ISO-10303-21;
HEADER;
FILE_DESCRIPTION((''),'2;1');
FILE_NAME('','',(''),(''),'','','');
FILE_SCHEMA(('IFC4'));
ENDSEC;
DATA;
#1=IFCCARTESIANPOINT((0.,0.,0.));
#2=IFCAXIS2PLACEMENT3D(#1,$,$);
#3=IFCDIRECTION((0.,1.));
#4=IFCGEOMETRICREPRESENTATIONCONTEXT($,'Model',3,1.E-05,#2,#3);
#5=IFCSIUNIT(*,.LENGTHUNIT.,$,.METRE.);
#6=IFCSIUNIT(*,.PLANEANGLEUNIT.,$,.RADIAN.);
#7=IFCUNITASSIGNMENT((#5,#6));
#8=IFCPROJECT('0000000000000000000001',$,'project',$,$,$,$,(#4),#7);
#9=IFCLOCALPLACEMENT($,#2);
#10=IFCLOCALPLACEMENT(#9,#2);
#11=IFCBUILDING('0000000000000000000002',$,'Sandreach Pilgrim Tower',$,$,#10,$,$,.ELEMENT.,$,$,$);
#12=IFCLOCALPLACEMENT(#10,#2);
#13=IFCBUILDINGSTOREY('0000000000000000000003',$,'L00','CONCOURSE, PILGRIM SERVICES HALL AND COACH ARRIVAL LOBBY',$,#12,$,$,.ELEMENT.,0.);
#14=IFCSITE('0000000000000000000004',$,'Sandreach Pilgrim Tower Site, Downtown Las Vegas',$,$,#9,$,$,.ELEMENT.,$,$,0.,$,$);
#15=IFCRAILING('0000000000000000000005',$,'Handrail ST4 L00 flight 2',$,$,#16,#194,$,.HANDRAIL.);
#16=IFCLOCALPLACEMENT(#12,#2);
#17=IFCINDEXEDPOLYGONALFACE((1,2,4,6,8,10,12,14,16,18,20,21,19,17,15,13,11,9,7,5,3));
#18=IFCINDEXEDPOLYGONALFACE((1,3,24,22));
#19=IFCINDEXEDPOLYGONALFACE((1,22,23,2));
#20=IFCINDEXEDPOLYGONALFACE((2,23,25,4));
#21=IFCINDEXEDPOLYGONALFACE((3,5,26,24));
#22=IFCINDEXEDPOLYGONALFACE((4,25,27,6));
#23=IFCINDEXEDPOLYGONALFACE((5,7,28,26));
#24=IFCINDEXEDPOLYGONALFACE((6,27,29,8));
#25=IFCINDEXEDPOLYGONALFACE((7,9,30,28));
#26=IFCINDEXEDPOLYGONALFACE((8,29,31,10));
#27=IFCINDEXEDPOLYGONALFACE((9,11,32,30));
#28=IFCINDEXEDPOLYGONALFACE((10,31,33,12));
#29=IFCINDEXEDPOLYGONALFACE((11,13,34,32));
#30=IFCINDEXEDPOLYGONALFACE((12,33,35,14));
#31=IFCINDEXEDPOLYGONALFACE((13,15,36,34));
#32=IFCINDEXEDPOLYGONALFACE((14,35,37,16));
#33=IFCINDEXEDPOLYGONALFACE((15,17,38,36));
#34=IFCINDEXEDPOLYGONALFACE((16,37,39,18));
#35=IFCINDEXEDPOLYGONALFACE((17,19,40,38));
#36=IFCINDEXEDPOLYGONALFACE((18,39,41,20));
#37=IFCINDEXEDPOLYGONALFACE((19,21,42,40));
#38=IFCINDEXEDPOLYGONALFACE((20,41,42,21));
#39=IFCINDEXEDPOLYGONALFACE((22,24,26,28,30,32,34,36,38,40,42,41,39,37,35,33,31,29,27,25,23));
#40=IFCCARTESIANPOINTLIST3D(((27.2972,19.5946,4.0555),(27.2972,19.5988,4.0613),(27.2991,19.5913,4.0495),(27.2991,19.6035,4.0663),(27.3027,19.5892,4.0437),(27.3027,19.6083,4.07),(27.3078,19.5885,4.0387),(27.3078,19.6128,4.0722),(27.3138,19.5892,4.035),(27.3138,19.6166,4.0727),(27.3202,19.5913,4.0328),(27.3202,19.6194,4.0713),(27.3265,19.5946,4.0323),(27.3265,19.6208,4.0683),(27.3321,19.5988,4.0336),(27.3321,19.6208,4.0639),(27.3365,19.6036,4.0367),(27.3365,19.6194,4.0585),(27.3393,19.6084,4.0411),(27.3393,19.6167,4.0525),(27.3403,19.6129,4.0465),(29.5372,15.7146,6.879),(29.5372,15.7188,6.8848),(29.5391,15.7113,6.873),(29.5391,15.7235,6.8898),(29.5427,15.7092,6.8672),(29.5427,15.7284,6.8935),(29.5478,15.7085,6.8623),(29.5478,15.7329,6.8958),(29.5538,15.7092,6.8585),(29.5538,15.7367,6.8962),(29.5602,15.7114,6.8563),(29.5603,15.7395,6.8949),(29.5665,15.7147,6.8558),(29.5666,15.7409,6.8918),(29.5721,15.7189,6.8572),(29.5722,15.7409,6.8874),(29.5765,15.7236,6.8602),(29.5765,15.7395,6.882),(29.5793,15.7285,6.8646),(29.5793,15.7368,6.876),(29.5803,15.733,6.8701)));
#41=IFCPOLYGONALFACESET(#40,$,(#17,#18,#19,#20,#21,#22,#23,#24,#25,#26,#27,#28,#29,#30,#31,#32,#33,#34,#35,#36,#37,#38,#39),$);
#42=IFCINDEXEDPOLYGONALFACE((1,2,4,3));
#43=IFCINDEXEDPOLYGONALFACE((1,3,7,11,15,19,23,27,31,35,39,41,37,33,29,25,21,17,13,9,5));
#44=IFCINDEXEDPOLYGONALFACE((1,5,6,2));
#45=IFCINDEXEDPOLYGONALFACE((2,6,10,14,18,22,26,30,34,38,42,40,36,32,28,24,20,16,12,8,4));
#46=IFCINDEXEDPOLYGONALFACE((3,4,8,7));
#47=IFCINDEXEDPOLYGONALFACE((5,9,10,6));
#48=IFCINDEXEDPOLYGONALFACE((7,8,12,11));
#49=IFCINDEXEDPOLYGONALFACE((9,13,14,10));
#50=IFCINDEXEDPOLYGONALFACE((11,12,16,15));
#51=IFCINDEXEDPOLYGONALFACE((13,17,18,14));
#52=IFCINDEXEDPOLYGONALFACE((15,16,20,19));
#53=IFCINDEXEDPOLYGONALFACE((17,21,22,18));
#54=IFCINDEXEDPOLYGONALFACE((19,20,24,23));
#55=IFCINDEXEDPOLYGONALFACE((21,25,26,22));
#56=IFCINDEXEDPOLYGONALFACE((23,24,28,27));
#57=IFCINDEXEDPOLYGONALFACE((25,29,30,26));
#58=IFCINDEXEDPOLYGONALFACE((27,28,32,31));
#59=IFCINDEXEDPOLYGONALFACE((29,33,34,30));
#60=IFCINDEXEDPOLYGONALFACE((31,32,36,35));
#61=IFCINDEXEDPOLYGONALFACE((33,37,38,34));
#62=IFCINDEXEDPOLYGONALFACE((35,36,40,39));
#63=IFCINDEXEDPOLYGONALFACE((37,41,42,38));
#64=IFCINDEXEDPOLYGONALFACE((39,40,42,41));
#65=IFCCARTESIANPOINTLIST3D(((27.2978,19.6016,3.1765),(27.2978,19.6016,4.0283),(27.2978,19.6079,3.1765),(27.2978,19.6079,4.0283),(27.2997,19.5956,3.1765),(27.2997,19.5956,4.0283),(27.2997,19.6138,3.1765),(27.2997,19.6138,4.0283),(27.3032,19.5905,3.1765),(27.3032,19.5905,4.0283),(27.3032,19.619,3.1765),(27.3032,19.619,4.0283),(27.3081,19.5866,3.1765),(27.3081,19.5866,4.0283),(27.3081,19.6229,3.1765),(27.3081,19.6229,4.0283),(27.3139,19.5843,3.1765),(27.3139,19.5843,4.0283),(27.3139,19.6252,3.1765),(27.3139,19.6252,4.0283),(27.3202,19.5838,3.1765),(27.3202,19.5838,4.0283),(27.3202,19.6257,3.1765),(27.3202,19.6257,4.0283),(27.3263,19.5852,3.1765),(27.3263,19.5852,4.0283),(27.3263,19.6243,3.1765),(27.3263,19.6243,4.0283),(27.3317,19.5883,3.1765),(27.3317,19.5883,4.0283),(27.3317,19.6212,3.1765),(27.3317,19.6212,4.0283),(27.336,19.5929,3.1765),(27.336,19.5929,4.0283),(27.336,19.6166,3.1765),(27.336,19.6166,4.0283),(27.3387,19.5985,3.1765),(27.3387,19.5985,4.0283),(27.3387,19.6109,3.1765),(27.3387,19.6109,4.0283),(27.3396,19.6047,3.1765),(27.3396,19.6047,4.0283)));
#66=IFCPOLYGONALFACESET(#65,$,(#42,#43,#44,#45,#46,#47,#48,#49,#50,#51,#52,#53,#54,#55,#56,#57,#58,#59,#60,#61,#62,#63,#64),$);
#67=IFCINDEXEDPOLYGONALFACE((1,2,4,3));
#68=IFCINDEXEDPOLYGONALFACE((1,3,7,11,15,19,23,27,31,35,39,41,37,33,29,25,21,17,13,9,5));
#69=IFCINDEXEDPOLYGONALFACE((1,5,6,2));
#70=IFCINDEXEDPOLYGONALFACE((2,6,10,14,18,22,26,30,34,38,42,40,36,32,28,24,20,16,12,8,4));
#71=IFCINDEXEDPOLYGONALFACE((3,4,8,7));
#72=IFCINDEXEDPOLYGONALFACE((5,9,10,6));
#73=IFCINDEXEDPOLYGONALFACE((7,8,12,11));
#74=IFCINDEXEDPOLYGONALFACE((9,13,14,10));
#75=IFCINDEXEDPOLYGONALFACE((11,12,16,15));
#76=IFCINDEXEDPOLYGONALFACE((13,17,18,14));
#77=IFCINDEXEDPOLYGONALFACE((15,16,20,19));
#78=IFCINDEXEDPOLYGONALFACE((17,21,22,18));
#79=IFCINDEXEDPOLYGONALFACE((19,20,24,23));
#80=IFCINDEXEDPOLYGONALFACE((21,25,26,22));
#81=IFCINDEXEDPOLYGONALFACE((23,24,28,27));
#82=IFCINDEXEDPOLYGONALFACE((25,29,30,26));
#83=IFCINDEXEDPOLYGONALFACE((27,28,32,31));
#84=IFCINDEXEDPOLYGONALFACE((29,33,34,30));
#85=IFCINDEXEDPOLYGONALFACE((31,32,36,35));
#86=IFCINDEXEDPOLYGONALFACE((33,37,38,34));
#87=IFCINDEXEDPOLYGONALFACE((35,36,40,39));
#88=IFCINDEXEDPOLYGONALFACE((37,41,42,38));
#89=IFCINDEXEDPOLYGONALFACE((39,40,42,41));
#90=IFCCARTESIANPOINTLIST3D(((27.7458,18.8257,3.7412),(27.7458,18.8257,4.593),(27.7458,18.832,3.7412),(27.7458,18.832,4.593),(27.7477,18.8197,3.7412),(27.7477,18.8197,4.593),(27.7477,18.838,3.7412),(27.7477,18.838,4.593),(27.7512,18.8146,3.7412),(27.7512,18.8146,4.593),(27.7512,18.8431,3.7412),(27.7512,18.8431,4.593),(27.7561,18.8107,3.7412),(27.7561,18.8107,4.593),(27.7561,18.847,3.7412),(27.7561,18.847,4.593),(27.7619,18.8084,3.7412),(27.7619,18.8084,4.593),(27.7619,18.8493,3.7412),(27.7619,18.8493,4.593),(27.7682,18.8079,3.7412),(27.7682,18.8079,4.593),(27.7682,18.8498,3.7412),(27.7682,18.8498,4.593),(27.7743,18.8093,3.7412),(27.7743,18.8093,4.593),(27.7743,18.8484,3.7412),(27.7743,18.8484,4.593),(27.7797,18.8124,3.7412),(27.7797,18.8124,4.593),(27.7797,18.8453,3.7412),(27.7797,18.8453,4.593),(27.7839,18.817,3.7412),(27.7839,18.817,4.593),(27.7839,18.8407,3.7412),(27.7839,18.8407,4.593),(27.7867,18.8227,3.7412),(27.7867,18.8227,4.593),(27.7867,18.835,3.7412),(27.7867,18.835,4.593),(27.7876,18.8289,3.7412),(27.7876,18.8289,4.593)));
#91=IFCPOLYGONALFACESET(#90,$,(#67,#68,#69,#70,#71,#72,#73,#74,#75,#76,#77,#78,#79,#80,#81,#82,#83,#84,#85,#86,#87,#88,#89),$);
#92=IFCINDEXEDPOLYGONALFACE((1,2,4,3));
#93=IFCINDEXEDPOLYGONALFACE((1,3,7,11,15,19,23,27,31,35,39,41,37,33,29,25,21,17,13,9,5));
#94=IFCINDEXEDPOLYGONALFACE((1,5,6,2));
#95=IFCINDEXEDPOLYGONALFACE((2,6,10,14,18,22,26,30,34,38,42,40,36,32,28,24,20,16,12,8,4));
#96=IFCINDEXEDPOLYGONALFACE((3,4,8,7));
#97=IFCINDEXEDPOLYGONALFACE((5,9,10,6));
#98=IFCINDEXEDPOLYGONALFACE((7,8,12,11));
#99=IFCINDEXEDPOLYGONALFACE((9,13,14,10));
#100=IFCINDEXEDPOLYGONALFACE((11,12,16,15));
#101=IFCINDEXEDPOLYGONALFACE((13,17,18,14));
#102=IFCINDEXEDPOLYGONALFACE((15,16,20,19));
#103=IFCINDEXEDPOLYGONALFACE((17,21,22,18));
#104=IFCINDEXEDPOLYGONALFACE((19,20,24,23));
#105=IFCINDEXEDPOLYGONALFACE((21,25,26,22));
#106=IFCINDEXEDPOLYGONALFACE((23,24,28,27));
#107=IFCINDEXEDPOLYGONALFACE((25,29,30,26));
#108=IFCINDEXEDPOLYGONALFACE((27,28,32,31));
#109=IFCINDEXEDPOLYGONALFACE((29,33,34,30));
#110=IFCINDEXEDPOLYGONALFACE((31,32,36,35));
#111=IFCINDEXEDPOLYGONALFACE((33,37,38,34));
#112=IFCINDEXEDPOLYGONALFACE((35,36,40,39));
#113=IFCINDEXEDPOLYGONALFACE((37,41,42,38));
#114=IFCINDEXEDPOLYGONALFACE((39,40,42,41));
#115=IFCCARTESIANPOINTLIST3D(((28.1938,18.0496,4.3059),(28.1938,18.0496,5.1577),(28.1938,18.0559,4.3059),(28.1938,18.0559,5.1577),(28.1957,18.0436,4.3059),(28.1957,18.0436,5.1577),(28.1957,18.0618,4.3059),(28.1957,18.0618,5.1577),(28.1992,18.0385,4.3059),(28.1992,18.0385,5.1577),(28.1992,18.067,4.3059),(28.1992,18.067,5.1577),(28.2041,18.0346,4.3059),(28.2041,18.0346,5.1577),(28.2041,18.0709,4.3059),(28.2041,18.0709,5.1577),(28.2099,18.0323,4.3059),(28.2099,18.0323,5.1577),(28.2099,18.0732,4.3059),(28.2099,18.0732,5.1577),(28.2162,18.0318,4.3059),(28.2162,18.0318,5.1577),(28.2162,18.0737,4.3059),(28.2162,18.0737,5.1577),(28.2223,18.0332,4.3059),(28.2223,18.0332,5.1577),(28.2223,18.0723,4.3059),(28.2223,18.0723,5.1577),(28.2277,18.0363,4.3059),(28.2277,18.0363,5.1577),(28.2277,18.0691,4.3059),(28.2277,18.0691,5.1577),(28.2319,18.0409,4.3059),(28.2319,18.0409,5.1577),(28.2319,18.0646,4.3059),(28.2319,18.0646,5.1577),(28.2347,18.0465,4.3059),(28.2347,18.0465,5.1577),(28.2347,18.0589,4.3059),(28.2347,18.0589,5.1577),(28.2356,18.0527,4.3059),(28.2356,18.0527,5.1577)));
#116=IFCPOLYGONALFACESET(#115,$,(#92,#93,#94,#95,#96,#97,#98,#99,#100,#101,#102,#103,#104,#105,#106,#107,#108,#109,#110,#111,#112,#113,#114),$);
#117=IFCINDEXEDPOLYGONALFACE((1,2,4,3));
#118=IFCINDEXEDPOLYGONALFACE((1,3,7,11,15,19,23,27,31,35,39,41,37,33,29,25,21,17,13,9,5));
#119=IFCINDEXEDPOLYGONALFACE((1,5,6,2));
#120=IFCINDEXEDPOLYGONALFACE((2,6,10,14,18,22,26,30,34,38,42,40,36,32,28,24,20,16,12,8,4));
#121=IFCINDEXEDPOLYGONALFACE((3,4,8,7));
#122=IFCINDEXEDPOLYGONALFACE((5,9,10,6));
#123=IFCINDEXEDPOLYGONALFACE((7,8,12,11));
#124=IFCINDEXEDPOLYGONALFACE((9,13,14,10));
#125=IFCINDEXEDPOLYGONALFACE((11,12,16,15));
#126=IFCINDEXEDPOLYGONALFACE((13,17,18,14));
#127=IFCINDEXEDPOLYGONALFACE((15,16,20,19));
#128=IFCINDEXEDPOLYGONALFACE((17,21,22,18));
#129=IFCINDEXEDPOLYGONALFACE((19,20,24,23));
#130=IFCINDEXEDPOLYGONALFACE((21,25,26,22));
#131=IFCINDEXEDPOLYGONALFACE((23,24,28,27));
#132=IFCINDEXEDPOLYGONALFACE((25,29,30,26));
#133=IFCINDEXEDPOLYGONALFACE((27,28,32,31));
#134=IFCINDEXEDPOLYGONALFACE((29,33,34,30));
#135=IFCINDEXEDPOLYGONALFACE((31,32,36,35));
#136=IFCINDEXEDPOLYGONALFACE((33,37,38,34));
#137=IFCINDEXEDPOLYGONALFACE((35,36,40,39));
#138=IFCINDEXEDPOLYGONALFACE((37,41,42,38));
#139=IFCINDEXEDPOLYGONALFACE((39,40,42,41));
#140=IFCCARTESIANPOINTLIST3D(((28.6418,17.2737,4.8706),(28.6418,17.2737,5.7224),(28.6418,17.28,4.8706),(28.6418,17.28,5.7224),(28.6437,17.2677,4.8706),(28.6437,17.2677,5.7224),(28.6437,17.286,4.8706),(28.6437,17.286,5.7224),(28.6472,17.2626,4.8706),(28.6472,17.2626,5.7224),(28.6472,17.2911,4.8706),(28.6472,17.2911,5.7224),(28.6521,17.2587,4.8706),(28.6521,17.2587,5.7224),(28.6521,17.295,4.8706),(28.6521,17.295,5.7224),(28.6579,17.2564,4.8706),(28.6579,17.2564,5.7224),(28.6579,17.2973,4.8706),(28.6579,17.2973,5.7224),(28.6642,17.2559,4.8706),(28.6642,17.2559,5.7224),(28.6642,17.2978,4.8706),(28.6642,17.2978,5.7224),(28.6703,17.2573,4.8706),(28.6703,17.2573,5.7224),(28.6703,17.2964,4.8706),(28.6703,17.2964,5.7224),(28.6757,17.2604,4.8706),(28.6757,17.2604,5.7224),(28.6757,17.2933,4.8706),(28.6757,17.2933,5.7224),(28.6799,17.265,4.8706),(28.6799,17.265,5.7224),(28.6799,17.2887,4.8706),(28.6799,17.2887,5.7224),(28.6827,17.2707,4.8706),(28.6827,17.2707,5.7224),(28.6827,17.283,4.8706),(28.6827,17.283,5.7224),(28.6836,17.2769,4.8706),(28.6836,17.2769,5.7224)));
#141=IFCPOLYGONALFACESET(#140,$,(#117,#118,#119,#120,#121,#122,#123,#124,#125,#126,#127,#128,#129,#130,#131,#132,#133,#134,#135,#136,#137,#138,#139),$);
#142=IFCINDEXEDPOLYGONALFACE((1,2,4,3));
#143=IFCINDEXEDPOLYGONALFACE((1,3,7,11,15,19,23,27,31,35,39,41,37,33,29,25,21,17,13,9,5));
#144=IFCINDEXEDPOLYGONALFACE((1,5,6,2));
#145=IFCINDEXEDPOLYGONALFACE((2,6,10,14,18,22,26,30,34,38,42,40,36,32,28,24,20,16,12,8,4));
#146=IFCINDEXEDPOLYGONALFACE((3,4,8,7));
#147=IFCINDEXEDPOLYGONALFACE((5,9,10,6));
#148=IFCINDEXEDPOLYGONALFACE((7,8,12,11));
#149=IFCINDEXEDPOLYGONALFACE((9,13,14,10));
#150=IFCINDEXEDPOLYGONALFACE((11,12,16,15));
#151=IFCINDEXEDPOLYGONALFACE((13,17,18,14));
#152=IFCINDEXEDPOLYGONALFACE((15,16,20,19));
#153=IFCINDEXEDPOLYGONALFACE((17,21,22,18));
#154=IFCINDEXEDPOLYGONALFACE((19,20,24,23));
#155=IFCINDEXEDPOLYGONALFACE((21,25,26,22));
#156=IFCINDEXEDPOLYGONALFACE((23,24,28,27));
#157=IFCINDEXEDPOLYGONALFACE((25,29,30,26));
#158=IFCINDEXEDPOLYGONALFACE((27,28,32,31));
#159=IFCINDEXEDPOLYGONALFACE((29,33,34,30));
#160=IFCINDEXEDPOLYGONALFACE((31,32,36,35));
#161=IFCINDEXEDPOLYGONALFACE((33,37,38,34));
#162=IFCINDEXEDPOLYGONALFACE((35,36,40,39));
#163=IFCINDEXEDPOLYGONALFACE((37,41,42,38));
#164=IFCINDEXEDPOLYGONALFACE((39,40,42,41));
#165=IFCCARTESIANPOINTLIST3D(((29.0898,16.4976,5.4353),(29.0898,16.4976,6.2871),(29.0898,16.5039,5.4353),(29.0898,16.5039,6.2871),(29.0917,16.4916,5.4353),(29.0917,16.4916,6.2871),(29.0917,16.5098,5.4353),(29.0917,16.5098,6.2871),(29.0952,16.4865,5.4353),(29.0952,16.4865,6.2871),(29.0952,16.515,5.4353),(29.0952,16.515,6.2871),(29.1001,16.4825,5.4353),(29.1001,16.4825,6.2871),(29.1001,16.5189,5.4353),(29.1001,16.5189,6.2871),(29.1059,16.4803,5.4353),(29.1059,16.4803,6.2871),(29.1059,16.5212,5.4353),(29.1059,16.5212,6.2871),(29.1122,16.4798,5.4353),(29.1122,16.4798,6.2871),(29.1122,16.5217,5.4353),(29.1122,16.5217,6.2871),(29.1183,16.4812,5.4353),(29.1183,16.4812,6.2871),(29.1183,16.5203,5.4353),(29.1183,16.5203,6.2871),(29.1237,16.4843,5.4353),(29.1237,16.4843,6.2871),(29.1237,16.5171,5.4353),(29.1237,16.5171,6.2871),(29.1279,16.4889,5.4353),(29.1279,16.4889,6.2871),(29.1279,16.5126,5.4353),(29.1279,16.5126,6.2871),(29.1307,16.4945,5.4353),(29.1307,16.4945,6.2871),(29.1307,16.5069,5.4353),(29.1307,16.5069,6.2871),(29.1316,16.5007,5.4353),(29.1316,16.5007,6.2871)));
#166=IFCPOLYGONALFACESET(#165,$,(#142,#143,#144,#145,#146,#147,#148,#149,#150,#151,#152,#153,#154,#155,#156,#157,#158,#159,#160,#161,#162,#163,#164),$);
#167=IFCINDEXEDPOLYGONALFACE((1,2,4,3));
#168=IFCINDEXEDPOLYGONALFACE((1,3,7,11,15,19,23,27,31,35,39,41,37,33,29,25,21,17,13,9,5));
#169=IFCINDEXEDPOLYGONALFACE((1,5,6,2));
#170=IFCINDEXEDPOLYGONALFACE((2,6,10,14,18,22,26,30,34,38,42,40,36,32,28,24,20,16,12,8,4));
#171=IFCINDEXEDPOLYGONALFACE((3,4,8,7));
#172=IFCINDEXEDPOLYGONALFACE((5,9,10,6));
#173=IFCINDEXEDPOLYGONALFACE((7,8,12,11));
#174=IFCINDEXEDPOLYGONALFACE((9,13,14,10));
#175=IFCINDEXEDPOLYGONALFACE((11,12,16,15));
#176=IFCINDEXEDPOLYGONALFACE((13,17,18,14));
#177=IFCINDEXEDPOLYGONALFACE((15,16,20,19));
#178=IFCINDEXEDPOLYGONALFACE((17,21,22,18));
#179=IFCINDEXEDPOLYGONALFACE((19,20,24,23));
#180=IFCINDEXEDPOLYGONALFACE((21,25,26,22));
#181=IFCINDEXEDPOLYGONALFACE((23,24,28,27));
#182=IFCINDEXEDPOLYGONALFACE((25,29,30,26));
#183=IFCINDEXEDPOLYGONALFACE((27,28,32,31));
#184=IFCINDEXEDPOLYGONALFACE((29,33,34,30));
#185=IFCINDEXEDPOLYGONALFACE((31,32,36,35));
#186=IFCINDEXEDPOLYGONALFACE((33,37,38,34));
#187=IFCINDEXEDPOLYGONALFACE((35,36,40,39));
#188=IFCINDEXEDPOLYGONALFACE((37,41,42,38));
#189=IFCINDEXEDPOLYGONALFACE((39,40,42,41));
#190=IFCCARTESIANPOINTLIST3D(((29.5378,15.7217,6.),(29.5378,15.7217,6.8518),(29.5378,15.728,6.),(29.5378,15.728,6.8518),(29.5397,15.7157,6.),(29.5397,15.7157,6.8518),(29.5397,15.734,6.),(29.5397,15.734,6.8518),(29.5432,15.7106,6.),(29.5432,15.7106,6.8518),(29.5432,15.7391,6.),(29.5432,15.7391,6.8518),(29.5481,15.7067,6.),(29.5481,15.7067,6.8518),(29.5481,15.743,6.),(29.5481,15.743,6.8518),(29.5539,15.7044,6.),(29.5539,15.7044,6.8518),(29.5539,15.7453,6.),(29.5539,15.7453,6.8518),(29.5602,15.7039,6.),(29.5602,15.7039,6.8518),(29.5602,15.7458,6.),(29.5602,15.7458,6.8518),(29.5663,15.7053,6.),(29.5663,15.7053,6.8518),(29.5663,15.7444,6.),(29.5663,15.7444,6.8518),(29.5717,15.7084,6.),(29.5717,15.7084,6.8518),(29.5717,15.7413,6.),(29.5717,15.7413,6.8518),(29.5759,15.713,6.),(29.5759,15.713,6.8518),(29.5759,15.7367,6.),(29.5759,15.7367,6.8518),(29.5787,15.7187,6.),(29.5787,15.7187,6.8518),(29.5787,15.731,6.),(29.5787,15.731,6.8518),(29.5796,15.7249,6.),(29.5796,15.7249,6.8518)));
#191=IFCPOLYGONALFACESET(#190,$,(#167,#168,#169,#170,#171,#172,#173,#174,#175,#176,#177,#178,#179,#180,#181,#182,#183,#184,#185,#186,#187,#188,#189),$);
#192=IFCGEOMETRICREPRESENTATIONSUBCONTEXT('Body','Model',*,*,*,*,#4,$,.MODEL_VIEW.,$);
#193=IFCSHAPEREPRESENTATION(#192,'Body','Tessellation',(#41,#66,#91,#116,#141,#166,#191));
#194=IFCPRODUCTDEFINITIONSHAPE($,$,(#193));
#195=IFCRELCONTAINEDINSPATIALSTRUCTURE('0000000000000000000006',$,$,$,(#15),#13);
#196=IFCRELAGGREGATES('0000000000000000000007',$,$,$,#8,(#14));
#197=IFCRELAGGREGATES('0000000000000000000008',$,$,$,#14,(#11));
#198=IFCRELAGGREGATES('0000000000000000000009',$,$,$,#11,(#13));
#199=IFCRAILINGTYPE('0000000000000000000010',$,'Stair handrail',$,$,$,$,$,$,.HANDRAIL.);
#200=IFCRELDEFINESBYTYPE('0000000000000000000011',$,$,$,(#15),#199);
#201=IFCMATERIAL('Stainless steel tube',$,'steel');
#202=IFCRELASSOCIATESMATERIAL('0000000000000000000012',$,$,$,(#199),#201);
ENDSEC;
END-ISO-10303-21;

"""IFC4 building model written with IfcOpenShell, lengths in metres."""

from ifc_helpers import new_model, si_unit, direction, frame, origin, origin_2d, place, context, subcontext, project, spatial, circle, extrude, material, type_object, element, save


model = new_model("IFC4")

# Units and contexts
model_context = context("Model", 3, precision=1e-05, world=origin(), true_north=direction((0.0, 1.0)))
body_context = subcontext(model_context, "Body", "Model", "MODEL_VIEW")
ifc_project = project(units=[si_unit("LENGTHUNIT", "METRE"), si_unit("PLANEANGLEUNIT", "RADIAN")], contexts=[model_context])

# Site, building, storey
site_placement = place(None, origin())
site = spatial("IfcSite", under=ifc_project, at=site_placement, Name="Sandreach Pilgrim Tower Site, Downtown Las Vegas", CompositionType="ELEMENT", RefElevation=0.0)
building_placement = place(site_placement, origin())
building = spatial("IfcBuilding", under=site, at=building_placement, Name="Sandreach Pilgrim Tower", CompositionType="ELEMENT")
storey_placement = place(building_placement, origin())
storey = spatial("IfcBuildingStorey", under=building, at=storey_placement, Name="L00", Description="CONCOURSE, PILGRIM SERVICES HALL AND COACH ARRIVAL LOBBY", CompositionType="ELEMENT", Elevation=0.0)

# Railing
ifc_material_1 = material(Name="Stainless steel tube", Category="steel")
railing_type = type_object("IfcRailingType", Name="Stair handrail", PredefinedType="HANDRAIL", material=ifc_material_1)
railing_1_placement = place(storey_placement, frame((27.3186, 19.6047, 3.1765)))
element("IfcRailing", 1, at=railing_1_placement, inside=storey, type_object=railing_type, Name="Handrail ST4 L00 flight 2", PredefinedType="HANDRAIL", context=body_context, shape_type="SweptSolid", body=[
    extrude(circle(Radius=0.0239, at=origin_2d()), frame((0.0, 0.0, 0.876), z_axis=(0.422993, -0.732665, 0.533178), x_axis=(0.866031, 0.49999, 0.0)), (0.0, 0.0, 1.0), 5.2957),
    extrude(circle(Radius=0.021, at=origin_2d()), origin(), (0.0, 0.0, 1.0), 0.8518),
    extrude(circle(Radius=0.021, at=origin_2d()), frame((0.448, -0.7759, 0.5647)), (0.0, 0.0, 1.0), 0.8518),
    extrude(circle(Radius=0.021, at=origin_2d()), frame((0.896, -1.552, 1.1294)), (0.0, 0.0, 1.0), 0.8518),
    extrude(circle(Radius=0.021, at=origin_2d()), frame((1.344, -2.3279, 1.6941)), (0.0, 0.0, 1.0), 0.8518),
    extrude(circle(Radius=0.021, at=origin_2d()), frame((1.792, -3.104, 2.2588)), (0.0, 0.0, 1.0), 0.8518),
    extrude(circle(Radius=0.021, at=origin_2d()), frame((2.24, -3.8799, 2.8235)), (0.0, 0.0, 1.0), 0.8518),
])

save(model, "model.ifc")
